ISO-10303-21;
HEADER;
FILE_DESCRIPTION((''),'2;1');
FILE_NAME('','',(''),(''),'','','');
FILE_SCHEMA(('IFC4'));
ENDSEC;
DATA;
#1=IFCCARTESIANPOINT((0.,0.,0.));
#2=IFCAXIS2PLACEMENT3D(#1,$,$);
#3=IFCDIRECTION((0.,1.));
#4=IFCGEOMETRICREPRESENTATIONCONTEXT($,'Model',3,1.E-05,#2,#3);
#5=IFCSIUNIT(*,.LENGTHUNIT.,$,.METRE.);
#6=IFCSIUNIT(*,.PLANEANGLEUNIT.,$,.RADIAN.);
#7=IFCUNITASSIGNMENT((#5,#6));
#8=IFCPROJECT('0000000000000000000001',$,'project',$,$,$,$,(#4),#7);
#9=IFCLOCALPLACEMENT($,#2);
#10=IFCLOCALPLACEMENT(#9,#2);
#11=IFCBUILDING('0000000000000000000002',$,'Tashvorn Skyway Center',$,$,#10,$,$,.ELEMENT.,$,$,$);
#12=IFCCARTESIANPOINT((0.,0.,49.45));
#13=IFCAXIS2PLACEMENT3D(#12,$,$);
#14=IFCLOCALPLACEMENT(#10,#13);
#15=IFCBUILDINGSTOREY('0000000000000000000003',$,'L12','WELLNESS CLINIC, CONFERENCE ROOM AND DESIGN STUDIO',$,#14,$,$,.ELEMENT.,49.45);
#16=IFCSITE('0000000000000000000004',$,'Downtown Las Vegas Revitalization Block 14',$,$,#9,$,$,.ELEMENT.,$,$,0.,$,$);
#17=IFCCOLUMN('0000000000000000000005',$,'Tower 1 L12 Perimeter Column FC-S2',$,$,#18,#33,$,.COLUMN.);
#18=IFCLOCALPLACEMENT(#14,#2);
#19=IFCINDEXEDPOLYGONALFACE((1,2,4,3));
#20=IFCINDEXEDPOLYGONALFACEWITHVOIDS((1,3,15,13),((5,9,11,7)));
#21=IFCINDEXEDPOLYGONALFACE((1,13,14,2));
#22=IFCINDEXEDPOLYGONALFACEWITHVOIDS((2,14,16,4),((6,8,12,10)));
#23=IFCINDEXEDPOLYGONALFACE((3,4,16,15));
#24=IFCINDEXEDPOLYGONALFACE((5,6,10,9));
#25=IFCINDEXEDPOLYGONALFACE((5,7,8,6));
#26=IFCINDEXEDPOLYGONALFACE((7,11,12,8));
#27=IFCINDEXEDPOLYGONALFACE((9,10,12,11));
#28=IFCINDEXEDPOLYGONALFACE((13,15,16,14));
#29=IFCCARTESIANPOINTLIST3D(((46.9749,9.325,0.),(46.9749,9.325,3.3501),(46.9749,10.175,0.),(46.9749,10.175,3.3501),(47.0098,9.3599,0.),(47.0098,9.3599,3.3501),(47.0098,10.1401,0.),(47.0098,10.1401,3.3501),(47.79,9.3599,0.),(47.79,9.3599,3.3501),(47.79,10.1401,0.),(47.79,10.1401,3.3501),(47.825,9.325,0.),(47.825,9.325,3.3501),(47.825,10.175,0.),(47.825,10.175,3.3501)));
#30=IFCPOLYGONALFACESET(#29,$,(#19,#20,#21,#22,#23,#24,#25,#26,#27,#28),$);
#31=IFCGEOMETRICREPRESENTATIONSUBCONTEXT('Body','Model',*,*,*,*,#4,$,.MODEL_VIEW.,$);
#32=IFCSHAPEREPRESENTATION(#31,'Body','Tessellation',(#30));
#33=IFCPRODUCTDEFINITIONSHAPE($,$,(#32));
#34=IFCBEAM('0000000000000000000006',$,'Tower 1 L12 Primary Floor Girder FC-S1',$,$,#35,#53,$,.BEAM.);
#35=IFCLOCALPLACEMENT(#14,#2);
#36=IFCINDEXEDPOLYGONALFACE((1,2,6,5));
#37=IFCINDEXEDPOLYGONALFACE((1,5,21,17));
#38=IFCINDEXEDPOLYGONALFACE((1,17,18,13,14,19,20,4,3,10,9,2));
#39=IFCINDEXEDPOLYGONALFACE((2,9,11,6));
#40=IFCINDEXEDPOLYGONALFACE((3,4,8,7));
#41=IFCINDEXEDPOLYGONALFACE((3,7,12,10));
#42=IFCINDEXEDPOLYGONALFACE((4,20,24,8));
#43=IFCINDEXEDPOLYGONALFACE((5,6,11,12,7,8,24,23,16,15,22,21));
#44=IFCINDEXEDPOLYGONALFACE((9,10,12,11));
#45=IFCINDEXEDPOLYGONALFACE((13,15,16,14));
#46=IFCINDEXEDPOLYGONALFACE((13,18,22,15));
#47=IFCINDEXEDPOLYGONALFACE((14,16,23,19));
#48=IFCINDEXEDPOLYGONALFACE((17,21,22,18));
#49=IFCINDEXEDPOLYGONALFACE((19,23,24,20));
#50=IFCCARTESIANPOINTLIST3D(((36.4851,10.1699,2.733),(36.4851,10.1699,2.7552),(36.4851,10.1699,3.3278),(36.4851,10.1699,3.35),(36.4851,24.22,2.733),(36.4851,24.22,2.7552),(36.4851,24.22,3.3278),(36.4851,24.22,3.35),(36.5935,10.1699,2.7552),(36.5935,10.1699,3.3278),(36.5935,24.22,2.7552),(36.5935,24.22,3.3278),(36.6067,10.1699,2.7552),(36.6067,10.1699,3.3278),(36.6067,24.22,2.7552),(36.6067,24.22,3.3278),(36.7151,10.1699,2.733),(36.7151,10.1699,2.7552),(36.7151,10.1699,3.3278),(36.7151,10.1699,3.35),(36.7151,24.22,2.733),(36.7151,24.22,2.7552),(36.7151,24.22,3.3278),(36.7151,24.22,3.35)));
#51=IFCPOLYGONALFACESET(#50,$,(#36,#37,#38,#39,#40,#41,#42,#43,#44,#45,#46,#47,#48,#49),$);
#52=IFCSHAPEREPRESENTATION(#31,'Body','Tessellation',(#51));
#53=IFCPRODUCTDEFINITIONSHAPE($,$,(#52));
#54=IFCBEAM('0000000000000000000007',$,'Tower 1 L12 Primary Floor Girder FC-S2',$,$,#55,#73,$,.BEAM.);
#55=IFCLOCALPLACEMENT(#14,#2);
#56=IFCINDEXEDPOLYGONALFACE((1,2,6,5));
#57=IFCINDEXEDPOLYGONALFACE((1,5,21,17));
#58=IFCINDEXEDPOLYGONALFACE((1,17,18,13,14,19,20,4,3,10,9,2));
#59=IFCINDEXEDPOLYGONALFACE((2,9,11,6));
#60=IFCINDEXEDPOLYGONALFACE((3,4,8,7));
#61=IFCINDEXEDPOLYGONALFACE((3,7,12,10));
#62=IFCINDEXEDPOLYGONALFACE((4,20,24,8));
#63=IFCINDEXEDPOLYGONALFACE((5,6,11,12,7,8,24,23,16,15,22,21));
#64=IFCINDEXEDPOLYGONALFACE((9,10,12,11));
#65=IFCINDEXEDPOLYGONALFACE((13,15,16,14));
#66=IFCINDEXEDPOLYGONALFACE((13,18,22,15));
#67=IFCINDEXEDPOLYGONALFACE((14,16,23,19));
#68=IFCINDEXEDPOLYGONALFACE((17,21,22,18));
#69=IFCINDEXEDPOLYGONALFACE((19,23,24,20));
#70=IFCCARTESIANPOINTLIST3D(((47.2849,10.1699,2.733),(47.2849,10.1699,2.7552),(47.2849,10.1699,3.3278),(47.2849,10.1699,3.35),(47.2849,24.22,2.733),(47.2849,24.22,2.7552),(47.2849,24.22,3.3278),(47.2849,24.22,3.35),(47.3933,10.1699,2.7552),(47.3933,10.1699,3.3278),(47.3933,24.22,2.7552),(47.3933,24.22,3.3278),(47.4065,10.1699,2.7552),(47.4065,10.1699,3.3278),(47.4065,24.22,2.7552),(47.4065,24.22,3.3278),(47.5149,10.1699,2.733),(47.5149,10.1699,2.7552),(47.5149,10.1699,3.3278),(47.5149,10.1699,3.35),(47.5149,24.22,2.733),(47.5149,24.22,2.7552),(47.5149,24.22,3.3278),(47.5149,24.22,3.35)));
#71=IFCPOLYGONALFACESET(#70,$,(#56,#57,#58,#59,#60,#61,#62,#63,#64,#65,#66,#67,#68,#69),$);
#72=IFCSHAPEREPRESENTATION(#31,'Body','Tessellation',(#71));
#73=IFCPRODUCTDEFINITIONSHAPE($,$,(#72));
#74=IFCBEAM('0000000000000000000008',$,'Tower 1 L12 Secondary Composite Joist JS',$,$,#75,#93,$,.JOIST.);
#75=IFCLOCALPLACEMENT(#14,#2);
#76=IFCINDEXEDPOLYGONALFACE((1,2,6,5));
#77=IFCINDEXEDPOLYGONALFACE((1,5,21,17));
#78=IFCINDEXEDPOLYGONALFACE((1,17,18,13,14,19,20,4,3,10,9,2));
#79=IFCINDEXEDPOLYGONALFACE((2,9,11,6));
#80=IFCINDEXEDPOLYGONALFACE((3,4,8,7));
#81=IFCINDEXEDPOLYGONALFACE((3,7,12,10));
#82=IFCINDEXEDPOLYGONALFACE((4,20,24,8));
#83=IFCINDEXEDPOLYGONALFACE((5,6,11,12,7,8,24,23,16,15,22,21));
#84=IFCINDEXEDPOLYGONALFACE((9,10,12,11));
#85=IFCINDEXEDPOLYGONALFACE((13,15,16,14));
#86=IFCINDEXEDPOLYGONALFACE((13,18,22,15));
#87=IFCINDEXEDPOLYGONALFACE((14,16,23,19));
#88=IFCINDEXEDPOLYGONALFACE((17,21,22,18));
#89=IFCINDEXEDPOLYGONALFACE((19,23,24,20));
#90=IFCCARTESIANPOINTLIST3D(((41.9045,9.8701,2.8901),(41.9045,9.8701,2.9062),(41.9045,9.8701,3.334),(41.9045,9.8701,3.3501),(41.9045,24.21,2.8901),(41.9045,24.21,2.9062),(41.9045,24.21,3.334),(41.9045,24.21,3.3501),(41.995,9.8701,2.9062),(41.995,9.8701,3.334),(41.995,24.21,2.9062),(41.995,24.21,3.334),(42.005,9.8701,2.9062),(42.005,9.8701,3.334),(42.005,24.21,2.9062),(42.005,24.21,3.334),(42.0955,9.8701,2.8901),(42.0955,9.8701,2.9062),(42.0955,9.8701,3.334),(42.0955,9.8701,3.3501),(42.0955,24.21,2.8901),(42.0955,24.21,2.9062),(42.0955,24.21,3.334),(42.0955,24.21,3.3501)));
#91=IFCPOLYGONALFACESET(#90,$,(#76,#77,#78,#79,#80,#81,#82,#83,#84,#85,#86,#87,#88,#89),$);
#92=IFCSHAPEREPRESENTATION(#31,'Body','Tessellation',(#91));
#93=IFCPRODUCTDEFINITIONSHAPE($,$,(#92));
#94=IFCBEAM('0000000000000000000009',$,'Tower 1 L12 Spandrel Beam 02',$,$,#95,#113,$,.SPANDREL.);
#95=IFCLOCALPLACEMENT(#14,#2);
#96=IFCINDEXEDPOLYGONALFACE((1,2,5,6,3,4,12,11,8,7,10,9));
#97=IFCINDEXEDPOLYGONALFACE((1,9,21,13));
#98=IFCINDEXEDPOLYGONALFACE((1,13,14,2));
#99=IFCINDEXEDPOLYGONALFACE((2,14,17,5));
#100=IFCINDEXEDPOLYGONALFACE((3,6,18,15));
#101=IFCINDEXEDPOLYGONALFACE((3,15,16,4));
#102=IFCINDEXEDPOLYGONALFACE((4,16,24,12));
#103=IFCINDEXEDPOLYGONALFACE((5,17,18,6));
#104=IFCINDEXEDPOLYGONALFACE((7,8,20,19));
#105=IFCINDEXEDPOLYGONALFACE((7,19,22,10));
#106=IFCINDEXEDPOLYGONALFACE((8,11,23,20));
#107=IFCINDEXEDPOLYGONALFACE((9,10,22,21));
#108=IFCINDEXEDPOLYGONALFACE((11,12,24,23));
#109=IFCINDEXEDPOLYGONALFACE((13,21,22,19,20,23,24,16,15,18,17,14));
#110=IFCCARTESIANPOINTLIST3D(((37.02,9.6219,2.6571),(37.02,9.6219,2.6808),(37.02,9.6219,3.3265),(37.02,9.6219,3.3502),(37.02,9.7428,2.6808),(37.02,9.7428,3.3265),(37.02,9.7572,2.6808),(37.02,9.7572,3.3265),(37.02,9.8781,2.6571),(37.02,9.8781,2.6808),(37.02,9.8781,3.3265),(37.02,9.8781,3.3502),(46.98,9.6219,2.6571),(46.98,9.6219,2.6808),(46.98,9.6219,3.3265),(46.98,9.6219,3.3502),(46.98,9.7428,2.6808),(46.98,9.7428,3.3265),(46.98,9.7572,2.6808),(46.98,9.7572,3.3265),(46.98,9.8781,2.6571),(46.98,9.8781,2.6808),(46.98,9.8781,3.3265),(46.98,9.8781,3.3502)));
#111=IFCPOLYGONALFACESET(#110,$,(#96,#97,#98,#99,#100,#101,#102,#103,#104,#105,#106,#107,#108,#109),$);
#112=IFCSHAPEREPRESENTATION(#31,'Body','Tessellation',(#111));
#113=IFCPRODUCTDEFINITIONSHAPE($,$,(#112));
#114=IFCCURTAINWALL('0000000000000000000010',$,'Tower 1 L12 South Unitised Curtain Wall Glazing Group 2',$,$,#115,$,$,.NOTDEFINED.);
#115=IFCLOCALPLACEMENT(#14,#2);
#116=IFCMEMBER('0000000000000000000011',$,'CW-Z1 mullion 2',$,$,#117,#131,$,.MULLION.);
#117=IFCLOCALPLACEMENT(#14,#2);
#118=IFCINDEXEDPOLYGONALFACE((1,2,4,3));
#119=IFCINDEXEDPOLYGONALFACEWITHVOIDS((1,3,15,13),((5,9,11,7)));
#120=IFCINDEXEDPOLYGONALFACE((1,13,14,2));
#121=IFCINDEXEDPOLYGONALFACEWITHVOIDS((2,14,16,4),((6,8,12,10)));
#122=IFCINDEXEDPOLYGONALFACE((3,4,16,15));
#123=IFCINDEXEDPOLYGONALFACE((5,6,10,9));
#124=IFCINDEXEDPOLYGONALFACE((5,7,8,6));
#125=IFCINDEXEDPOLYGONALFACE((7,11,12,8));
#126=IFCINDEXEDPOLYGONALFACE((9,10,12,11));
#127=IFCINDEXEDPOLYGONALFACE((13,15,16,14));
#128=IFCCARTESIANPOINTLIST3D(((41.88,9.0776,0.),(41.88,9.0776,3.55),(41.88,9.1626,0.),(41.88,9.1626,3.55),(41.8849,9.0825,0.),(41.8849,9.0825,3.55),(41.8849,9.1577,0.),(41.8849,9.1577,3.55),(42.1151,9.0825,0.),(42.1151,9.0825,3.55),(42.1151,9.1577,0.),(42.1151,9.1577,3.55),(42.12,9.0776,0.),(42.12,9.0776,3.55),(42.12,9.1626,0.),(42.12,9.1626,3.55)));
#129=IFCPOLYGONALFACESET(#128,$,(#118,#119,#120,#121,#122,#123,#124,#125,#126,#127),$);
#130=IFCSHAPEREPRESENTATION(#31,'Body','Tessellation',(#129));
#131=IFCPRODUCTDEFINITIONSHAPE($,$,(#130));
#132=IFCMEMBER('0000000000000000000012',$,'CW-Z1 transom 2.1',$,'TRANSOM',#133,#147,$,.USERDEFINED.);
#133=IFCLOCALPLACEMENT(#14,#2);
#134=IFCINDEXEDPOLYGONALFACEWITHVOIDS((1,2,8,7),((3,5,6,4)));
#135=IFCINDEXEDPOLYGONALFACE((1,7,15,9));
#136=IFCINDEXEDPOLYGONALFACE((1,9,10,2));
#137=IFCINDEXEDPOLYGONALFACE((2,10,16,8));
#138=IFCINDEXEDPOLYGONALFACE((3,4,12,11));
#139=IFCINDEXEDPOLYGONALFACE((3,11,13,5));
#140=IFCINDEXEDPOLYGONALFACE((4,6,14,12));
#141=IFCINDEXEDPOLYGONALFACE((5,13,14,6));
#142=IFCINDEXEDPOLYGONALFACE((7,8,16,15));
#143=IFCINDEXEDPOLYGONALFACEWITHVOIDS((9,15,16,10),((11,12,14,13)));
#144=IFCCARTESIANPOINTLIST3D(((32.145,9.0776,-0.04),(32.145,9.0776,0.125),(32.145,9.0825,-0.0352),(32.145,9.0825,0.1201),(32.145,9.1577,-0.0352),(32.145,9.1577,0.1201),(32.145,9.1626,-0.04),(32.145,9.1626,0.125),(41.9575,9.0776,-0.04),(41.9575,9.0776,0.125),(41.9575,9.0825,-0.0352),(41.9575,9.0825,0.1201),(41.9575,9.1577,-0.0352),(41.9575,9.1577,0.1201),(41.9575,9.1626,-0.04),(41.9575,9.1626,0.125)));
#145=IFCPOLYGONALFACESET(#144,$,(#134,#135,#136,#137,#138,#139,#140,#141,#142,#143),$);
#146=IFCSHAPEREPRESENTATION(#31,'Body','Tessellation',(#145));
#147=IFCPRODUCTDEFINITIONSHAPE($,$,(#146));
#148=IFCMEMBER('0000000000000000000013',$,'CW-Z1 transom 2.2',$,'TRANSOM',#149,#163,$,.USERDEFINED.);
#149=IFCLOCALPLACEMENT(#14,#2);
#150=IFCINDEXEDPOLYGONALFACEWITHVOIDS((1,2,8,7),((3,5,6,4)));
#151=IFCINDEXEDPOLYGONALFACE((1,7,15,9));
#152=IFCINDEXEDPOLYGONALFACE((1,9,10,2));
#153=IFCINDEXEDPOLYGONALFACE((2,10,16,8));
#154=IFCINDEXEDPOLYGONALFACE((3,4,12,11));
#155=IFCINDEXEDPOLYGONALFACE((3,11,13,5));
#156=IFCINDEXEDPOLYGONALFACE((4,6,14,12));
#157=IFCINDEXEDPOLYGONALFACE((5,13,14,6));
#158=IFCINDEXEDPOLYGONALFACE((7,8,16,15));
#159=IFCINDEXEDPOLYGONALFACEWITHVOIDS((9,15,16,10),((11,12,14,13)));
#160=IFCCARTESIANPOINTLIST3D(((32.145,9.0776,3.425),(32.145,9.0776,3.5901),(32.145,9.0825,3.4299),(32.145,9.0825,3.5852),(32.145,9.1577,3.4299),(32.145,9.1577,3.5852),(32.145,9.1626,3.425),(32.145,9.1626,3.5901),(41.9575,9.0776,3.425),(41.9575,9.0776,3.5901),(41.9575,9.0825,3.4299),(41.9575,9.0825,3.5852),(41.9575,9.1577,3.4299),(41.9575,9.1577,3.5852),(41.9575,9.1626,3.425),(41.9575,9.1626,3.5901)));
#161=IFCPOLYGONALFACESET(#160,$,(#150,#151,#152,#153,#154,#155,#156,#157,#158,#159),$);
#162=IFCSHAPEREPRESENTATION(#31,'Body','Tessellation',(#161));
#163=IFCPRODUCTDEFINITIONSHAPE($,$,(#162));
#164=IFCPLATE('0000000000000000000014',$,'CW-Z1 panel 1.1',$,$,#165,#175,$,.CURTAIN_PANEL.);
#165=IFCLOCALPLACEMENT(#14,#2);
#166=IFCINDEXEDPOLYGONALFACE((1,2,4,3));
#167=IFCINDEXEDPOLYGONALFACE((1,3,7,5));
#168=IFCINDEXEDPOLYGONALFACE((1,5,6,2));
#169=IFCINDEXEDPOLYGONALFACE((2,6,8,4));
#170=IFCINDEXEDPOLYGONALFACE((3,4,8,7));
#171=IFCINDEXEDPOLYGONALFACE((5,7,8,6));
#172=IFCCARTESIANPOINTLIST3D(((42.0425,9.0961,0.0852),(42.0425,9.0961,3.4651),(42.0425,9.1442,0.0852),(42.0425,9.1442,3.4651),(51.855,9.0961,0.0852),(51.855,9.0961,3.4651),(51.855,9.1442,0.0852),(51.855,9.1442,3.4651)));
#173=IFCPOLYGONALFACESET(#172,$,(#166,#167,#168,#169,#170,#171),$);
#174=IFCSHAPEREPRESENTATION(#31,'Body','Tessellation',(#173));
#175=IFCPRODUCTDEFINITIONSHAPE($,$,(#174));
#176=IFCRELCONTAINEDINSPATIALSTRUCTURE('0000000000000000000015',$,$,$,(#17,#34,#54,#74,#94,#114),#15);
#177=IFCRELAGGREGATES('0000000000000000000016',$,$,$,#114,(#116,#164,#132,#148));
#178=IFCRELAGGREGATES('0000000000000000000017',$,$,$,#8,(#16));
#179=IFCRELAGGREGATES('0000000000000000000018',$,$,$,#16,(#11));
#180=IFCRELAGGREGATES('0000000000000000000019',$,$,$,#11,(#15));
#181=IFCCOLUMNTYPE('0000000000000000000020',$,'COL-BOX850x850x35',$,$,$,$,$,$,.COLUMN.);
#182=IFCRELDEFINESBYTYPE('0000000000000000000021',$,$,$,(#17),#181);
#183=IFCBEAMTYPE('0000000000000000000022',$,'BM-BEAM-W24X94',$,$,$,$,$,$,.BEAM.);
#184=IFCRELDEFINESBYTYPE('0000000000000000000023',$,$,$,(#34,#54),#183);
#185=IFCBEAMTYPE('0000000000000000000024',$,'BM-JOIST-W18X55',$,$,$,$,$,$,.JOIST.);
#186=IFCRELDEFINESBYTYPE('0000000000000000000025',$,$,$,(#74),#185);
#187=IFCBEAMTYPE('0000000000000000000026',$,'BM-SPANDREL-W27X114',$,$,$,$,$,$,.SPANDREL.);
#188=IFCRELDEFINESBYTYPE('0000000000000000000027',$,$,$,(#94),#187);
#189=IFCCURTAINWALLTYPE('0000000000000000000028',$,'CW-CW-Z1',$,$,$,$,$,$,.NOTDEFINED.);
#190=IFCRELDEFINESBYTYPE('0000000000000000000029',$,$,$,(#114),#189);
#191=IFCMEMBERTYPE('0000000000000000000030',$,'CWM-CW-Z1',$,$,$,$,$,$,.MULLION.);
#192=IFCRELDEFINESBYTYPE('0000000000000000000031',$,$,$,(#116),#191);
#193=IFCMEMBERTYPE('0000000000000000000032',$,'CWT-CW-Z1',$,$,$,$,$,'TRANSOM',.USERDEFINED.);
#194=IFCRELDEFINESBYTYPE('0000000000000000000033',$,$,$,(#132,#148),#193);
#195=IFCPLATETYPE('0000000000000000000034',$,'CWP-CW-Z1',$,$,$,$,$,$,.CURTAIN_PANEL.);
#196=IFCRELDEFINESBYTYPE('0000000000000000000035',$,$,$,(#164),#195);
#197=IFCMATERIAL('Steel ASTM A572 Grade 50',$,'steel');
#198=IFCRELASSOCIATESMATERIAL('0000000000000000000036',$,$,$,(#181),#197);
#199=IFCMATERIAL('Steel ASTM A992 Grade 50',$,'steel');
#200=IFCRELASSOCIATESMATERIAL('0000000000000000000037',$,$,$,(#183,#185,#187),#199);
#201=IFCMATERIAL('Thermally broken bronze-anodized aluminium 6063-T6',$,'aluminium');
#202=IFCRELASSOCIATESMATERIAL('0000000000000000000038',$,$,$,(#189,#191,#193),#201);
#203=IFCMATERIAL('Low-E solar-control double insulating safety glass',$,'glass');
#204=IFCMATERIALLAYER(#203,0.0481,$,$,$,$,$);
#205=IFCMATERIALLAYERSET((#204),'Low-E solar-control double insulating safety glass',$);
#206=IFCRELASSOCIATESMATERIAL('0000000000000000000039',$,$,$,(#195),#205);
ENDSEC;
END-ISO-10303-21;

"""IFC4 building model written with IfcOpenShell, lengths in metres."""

from ifc_helpers import new_model, si_unit, direction, frame, origin, origin_2d, place, context, subcontext, project, spatial, rectangle, hollow_rectangle, i_section, extrude, material, layer, layer_set, material_profile, profile_set, type_object, element, aggregate, save


model = new_model("IFC4")

# Units and contexts
model_context = context("Model", 3, precision=1e-05, world=origin(), true_north=direction((0.0, 1.0)))
body_context = subcontext(model_context, "Body", "Model", "MODEL_VIEW")
ifc_project = project(units=[si_unit("LENGTHUNIT", "METRE"), si_unit("PLANEANGLEUNIT", "RADIAN")], contexts=[model_context])

# Site, building, storey
site_placement = place(None, origin())
site = spatial("IfcSite", under=ifc_project, at=site_placement, Name="Downtown Las Vegas Revitalization Block 14", CompositionType="ELEMENT", RefElevation=0.0)
building_placement = place(site_placement, origin())
building = spatial("IfcBuilding", under=site, at=building_placement, Name="Tashvorn Skyway Center", CompositionType="ELEMENT")
storey_placement = place(building_placement, frame((0.0, 0.0, 49.45)))
storey = spatial("IfcBuildingStorey", under=building, at=storey_placement, Name="L12", Description="WELLNESS CLINIC, CONFERENCE ROOM AND DESIGN STUDIO", CompositionType="ELEMENT", Elevation=49.45)

# Column
ifc_material_1 = material(Name="Steel ASTM A572 Grade 50", Category="steel")
ifc_material_profile_1 = material_profile(ifc_material_1, hollow_rectangle(XDim=0.8501, YDim=0.8501, WallThickness=0.0349, at=origin_2d()), Name="BOX850x850x35")
ifc_profile_set_1 = profile_set([ifc_material_profile_1], Name="Steel ASTM A572 Grade 50")
column_type = type_object("IfcColumnType", Name="COL-BOX850x850x35", PredefinedType="COLUMN", material=ifc_profile_set_1)
column_placement = place(storey_placement, frame((47.3999, 9.75, 0.0), z_axis=(0.0, 0.0, 1.0), x_axis=(1.0, 0.0, 0.0)))
element("IfcColumn", 1, at=column_placement, inside=storey, type_object=column_type, Name="Tower 1 L12 Perimeter Column FC-S2", PredefinedType="COLUMN", context=body_context, shape_type="SweptSolid", body=[
    extrude(hollow_rectangle(XDim=0.8501, YDim=0.8501, WallThickness=0.0349, at=origin_2d()), origin(), (0.0, 0.0, 1.0), 3.3501),
])

# Beams
ifc_material_2 = material(Name="Steel ASTM A992 Grade 50", Category="steel")
ifc_material_profile_2 = material_profile(ifc_material_2, i_section(OverallWidth=0.23, OverallDepth=0.6169, WebThickness=0.0132, FlangeThickness=0.0222, at=origin_2d()), Name="W24X94")
ifc_profile_set_2 = profile_set([ifc_material_profile_2], Name="Steel ASTM A992 Grade 50")
beam_type_1 = type_object("IfcBeamType", Name="BM-BEAM-W24X94", PredefinedType="BEAM", material=ifc_profile_set_2)
for number, where, z_axis, x_axis, name in (
    (2, (36.6001, 10.1699, 3.0415), (0.0, 1.0, 0.0), (-1.0, 0.0, 0.0), "Tower 1 L12 Primary Floor Girder FC-S1"),
    (3, (47.3999, 10.1699, 3.0415), (0.0, 1.0, 0.0), (-1.0, 0.0, 0.0), "Tower 1 L12 Primary Floor Girder FC-S2"),
):
    element("IfcBeam", number, at=place(storey_placement, frame(where, z_axis=z_axis, x_axis=x_axis)), inside=storey, type_object=beam_type_1, Name=name, PredefinedType="BEAM", context=body_context, shape_type="SweptSolid", body=[
        extrude(i_section(OverallWidth=0.23, OverallDepth=0.6169, WebThickness=0.0132, FlangeThickness=0.0222, at=origin_2d()), origin(), (0.0, 0.0, 1.0), 14.05),
    ])
ifc_material_profile_3 = material_profile(ifc_material_2, i_section(OverallWidth=0.1909, OverallDepth=0.46, WebThickness=0.01, FlangeThickness=0.0161, at=origin_2d()), Name="W18X55")
ifc_profile_set_3 = profile_set([ifc_material_profile_3], Name="Steel ASTM A992 Grade 50")
beam_type_2 = type_object("IfcBeamType", Name="BM-JOIST-W18X55", PredefinedType="JOIST", material=ifc_profile_set_3)
beam_1_placement = place(storey_placement, frame((42.0, 24.21, 3.1201), z_axis=(0.0, -1.0, 0.0), x_axis=(1.0, 0.0, 0.0)))
element("IfcBeam", 4, at=beam_1_placement, inside=storey, type_object=beam_type_2, Name="Tower 1 L12 Secondary Composite Joist JS", PredefinedType="JOIST", context=body_context, shape_type="SweptSolid", body=[
    extrude(i_section(OverallWidth=0.1909, OverallDepth=0.46, WebThickness=0.01, FlangeThickness=0.0161, at=origin_2d()), origin(), (0.0, 0.0, 1.0), 14.3398),
])
ifc_material_profile_4 = material_profile(ifc_material_2, i_section(OverallWidth=0.2561, OverallDepth=0.6931, WebThickness=0.0144, FlangeThickness=0.0237, at=origin_2d()), Name="W27X114")
ifc_profile_set_4 = profile_set([ifc_material_profile_4], Name="Steel ASTM A992 Grade 50")
beam_type_3 = type_object("IfcBeamType", Name="BM-SPANDREL-W27X114", PredefinedType="SPANDREL", material=ifc_profile_set_4)
beam_2_placement = place(storey_placement, frame((37.02, 9.75, 3.0037), z_axis=(1.0, 0.0, 0.0), x_axis=(0.0, 1.0, 0.0)))
element("IfcBeam", 5, at=beam_2_placement, inside=storey, type_object=beam_type_3, Name="Tower 1 L12 Spandrel Beam 02", PredefinedType="SPANDREL", context=body_context, shape_type="SweptSolid", body=[
    extrude(i_section(OverallWidth=0.2561, OverallDepth=0.6931, WebThickness=0.0144, FlangeThickness=0.0237, at=origin_2d()), origin(), (0.0, 0.0, 1.0), 9.96),
])

# Curtain wall, members, plate
ifc_material_3 = material(Name="Thermally broken bronze-anodized aluminium 6063-T6", Category="aluminium")
curtain_wall_type = type_object("IfcCurtainWallType", Name="CW-CW-Z1", PredefinedType="NOTDEFINED", material=ifc_material_3)
curtain_wall_placement = place(storey_placement, origin())
curtain_wall = element("IfcCurtainWall", 6, at=curtain_wall_placement, inside=storey, type_object=curtain_wall_type, Name="Tower 1 L12 South Unitised Curtain Wall Glazing Group 2", PredefinedType="NOTDEFINED")
ifc_material_profile_5 = material_profile(ifc_material_3, hollow_rectangle(XDim=0.085, YDim=0.24, WallThickness=0.0049, at=origin_2d()), Name="ALU-MULL-85x240")
ifc_profile_set_5 = profile_set([ifc_material_profile_5], Name="Thermally broken bronze-anodized aluminium 6063-T6")
member_type_1 = type_object("IfcMemberType", Name="CWM-CW-Z1", PredefinedType="MULLION", material=ifc_profile_set_5)
member_1_placement = place(storey_placement, frame((42.0, 9.1201, 0.0), z_axis=(0.0, 0.0, 1.0), x_axis=(0.0, -1.0, 0.0)))
member_1 = element("IfcMember", 7, at=member_1_placement, type_object=member_type_1, Name="CW-Z1 mullion 2", PredefinedType="MULLION", context=body_context, shape_type="SweptSolid", body=[
    extrude(hollow_rectangle(XDim=0.085, YDim=0.24, WallThickness=0.0049, at=origin_2d()), origin(), (0.0, 0.0, 1.0), 3.55),
])
ifc_material_profile_6 = material_profile(ifc_material_3, hollow_rectangle(XDim=0.085, YDim=0.165, WallThickness=0.0049, at=origin_2d()), Name="ALU-TRAN-85x165")
ifc_profile_set_6 = profile_set([ifc_material_profile_6], Name="Thermally broken bronze-anodized aluminium 6063-T6")
member_type_2 = type_object("IfcMemberType", Name="CWT-CW-Z1", ElementType="TRANSOM", PredefinedType="USERDEFINED", material=ifc_profile_set_6)
member_2_placement = place(storey_placement, frame((41.9575, 9.1201, 0.0425), z_axis=(-1.0, 0.0, 0.0), x_axis=(0.0, -1.0, 0.0)))
member_2 = element("IfcMember", 8, at=member_2_placement, type_object=member_type_2, Name="CW-Z1 transom 2.1", ObjectType="TRANSOM", PredefinedType="USERDEFINED", context=body_context, shape_type="SweptSolid", body=[
    extrude(hollow_rectangle(XDim=0.085, YDim=0.165, WallThickness=0.0049, at=origin_2d()), origin(), (0.0, 0.0, 1.0), 9.8125),
])
member_3_placement = place(storey_placement, frame((41.9575, 9.1201, 3.5076), z_axis=(-1.0, 0.0, 0.0), x_axis=(0.0, -1.0, 0.0)))
member_3 = element("IfcMember", 9, at=member_3_placement, type_object=member_type_2, Name="CW-Z1 transom 2.2", ObjectType="TRANSOM", PredefinedType="USERDEFINED", context=body_context, shape_type="SweptSolid", body=[
    extrude(hollow_rectangle(XDim=0.085, YDim=0.165, WallThickness=0.0049, at=origin_2d()), origin(), (0.0, 0.0, 1.0), 9.8125),
])
ifc_material_4 = material(Name="Low-E solar-control double insulating safety glass", Category="glass")
ifc_layer_1 = layer(ifc_material_4, 0.0481)
ifc_layer_set_1 = layer_set([ifc_layer_1], Name="Low-E solar-control double insulating safety glass")
plate_type = type_object("IfcPlateType", Name="CWP-CW-Z1", PredefinedType="CURTAIN_PANEL", material=ifc_layer_set_1)
plate_1_placement = place(storey_placement, frame((46.9487, 9.1201, 0.0852), z_axis=(0.0, 0.0, 1.0), x_axis=(-1.0, 0.0, 0.0)))
plate_1 = element("IfcPlate", 10, at=plate_1_placement, type_object=plate_type, Name="CW-Z1 panel 1.1", PredefinedType="CURTAIN_PANEL", context=body_context, shape_type="SweptSolid", body=[
    extrude(rectangle(XDim=9.8125, YDim=0.0481, at=origin_2d()), origin(), (0.0, 0.0, 1.0), 3.3799),
])
aggregate(curtain_wall, [member_1, plate_1, member_2, member_3])

save(model, "model.ifc")
